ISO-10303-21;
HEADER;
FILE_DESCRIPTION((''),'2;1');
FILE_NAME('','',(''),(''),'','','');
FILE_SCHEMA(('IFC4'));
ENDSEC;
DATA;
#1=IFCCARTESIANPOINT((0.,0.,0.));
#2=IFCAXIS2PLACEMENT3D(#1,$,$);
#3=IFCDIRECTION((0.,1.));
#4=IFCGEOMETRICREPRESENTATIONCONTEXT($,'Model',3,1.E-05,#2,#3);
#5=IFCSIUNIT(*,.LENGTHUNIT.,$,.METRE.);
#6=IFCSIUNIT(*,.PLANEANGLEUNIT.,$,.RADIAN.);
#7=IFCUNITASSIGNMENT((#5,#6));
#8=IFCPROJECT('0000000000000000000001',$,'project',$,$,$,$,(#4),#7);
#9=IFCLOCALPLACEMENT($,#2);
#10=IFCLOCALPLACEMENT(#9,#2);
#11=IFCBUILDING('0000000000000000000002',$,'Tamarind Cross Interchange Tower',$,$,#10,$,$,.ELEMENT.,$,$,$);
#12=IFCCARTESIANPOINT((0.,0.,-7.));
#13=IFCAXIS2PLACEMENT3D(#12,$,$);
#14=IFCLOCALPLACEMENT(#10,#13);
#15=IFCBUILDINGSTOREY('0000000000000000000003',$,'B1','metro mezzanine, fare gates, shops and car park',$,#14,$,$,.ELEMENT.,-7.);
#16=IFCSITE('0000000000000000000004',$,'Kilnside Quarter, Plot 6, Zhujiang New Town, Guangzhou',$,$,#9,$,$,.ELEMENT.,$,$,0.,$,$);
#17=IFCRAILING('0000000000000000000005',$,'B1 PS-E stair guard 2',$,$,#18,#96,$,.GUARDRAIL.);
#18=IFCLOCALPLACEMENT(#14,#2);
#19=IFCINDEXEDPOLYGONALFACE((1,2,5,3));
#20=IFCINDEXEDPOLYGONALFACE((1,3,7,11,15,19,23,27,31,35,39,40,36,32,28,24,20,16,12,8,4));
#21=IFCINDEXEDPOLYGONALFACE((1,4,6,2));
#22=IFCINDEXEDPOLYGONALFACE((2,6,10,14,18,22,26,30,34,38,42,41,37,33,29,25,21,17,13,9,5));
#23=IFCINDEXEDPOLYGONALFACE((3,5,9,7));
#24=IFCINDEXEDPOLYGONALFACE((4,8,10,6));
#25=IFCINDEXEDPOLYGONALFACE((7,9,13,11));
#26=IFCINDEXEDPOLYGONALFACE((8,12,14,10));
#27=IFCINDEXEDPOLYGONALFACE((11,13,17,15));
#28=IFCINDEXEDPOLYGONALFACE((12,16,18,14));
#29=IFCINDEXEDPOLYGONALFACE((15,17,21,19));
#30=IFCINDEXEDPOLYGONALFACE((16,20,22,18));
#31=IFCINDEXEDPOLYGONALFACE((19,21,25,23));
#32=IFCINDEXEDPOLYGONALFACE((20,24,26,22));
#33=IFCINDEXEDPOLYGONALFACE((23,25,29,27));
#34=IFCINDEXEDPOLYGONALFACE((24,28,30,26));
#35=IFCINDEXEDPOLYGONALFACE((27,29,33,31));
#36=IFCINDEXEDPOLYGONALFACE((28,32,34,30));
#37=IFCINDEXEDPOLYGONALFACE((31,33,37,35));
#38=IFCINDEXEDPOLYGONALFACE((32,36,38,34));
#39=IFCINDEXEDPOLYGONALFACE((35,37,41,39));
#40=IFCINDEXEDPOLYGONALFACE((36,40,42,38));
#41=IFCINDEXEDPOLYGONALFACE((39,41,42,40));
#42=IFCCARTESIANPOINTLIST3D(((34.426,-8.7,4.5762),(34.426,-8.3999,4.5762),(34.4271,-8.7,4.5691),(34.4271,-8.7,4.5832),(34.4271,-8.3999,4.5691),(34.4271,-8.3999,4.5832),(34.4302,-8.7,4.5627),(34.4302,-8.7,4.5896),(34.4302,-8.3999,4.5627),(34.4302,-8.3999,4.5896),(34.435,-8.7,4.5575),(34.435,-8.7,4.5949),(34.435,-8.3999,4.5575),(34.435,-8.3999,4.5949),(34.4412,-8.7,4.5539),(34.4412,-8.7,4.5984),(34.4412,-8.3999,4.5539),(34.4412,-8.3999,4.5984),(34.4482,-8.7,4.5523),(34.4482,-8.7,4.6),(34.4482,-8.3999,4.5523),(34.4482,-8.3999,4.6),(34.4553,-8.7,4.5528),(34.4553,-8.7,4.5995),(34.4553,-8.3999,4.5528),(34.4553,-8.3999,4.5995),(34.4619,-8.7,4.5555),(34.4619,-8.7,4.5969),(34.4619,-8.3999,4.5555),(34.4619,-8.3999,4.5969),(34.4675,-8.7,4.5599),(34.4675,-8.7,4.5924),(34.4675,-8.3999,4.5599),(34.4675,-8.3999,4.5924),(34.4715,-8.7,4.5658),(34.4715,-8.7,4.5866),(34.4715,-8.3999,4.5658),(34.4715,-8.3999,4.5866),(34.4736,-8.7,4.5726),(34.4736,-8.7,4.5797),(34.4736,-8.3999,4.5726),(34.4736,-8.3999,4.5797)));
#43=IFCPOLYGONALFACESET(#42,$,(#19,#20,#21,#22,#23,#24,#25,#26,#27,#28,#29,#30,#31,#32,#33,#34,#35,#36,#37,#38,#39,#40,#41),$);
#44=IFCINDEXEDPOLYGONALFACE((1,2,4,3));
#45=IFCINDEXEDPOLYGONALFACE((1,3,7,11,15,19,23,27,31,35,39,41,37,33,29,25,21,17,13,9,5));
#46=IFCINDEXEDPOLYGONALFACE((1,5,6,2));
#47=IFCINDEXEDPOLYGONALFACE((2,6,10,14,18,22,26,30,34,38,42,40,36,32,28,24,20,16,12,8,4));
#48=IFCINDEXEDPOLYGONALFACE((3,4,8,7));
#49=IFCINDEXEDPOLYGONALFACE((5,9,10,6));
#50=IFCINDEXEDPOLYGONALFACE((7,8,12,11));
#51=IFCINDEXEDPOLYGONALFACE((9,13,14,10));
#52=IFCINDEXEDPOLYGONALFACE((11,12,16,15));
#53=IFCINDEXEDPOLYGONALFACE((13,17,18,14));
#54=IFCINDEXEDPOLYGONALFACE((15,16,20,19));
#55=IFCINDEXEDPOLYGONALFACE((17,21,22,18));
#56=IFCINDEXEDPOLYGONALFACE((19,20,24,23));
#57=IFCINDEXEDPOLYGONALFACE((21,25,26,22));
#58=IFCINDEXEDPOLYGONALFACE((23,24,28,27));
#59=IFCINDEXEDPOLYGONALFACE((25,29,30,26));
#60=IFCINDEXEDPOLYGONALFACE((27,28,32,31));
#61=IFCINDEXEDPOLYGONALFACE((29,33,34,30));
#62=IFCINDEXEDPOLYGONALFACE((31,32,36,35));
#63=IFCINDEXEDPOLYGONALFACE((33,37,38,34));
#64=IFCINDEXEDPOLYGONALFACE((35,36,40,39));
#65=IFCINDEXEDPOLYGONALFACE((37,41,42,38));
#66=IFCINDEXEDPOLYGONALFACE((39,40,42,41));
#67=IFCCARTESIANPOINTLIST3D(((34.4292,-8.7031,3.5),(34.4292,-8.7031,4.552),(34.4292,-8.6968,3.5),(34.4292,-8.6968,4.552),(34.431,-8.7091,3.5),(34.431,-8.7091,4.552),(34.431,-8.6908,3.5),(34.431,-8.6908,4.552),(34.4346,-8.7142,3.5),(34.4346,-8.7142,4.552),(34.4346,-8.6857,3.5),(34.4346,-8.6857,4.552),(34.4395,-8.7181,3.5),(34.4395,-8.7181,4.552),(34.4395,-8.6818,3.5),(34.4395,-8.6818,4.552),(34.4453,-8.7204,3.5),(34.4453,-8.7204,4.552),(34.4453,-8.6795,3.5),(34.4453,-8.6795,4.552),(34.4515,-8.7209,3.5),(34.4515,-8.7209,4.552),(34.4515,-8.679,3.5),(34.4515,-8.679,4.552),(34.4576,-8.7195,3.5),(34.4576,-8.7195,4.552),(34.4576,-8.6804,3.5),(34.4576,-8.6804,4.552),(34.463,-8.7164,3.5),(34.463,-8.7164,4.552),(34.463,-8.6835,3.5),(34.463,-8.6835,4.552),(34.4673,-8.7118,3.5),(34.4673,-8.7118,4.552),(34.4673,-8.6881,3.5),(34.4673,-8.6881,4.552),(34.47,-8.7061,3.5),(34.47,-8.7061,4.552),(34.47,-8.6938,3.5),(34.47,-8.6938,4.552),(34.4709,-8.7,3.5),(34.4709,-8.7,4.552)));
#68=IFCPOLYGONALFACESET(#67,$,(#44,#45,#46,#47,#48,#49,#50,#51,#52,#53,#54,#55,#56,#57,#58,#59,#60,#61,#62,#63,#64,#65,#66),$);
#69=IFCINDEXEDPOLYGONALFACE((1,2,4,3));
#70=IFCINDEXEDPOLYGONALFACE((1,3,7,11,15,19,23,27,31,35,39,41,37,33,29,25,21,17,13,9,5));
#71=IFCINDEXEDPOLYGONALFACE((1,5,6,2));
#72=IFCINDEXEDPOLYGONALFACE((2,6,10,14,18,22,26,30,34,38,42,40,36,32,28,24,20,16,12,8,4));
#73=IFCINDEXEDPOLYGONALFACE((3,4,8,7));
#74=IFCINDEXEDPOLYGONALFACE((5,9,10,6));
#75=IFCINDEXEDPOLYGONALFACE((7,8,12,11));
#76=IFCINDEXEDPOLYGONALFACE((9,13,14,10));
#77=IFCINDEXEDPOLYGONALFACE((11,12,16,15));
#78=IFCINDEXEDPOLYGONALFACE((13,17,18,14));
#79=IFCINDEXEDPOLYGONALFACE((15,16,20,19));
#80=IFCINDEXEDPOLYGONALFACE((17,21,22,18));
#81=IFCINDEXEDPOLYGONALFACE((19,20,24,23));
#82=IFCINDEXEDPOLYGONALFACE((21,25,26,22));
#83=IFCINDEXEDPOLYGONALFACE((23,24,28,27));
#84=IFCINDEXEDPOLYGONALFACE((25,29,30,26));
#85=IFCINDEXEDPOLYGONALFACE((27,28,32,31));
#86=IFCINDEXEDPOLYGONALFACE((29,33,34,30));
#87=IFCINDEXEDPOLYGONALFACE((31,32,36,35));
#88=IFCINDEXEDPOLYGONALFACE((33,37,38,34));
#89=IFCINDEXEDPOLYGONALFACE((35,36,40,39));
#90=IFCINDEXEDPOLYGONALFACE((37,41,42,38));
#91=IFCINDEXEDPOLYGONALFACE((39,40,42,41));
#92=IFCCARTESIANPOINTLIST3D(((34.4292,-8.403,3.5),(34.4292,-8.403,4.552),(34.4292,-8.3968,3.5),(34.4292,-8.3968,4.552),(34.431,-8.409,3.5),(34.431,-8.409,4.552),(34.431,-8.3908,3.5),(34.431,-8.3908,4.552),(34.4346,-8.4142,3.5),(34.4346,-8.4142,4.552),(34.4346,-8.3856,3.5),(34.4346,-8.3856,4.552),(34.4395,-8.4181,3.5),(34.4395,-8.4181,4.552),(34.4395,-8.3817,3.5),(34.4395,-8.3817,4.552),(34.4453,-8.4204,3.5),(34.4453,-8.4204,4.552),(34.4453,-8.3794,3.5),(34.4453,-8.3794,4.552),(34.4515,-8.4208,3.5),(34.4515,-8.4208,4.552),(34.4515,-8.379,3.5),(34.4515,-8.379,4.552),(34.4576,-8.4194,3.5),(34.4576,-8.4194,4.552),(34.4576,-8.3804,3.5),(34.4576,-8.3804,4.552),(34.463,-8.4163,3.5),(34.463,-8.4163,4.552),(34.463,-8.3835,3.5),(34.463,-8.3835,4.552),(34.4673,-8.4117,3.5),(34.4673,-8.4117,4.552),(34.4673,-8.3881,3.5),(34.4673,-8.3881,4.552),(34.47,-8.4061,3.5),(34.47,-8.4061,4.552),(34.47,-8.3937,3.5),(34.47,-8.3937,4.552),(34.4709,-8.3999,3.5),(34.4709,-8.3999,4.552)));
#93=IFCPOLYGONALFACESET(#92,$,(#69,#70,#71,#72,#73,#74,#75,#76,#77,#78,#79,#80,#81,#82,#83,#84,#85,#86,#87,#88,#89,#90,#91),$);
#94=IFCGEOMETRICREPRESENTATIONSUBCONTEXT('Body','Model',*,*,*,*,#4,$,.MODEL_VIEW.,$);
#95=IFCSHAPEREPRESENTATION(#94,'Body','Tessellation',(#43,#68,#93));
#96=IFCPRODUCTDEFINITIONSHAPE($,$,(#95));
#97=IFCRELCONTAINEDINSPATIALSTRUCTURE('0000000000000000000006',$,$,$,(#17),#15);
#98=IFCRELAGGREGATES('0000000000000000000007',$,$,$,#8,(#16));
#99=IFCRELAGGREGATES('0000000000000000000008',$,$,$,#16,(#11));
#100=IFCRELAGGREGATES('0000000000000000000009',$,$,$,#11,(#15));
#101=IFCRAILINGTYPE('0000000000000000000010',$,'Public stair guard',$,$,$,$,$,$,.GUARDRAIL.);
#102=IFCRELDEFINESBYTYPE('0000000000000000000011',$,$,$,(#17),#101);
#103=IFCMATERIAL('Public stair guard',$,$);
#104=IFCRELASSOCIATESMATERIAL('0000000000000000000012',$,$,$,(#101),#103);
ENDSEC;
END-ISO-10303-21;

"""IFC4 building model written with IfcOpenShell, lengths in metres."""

from ifc_helpers import new_model, si_unit, direction, frame, origin, origin_2d, place, context, subcontext, project, spatial, circle, extrude, material, type_object, element, save


model = new_model("IFC4")

# Units and contexts
model_context = context("Model", 3, precision=1e-05, world=origin(), true_north=direction((0.0, 1.0)))
body_context = subcontext(model_context, "Body", "Model", "MODEL_VIEW")
ifc_project = project(units=[si_unit("LENGTHUNIT", "METRE"), si_unit("PLANEANGLEUNIT", "RADIAN")], contexts=[model_context])

# Site, building, storey
site_placement = place(None, origin())
site = spatial("IfcSite", under=ifc_project, at=site_placement, Name="Kilnside Quarter, Plot 6, Zhujiang New Town, Guangzhou", CompositionType="ELEMENT", RefElevation=0.0)
building_placement = place(site_placement, origin())
building = spatial("IfcBuilding", under=site, at=building_placement, Name="Tamarind Cross Interchange Tower", CompositionType="ELEMENT")
storey_placement = place(building_placement, frame((0.0, 0.0, -7.0)))
storey = spatial("IfcBuildingStorey", under=building, at=storey_placement, Name="B1", Description="metro mezzanine, fare gates, shops and car park", CompositionType="ELEMENT", Elevation=-7.0)

# Railing
ifc_material_1 = material(Name="Public stair guard")
railing_type_1 = type_object("IfcRailingType", Name="Public stair guard", PredefinedType="GUARDRAIL", material=ifc_material_1)
railing_1_placement = place(storey_placement, frame((34.45, -8.7, 3.5)))
element("IfcRailing", 1, at=railing_1_placement, inside=storey, type_object=railing_type_1, Name="B1 PS-E stair guard 2", PredefinedType="GUARDRAIL", context=body_context, shape_type="SweptSolid", body=[
    extrude(circle(Radius=0.0239, at=origin_2d()), frame((0.0, 0.0, 1.0762), z_axis=(0.0, 1.0, 0.0), x_axis=(-1.0, 0.0, 0.0)), (0.0, 0.0, 1.0), 0.3),
    extrude(circle(Radius=0.021, at=origin_2d()), origin(), (0.0, 0.0, 1.0), 1.052),
    extrude(circle(Radius=0.021, at=origin_2d()), frame((0.0, 0.3, 0.0)), (0.0, 0.0, 1.0), 1.052),
])

save(model, "model.ifc")
